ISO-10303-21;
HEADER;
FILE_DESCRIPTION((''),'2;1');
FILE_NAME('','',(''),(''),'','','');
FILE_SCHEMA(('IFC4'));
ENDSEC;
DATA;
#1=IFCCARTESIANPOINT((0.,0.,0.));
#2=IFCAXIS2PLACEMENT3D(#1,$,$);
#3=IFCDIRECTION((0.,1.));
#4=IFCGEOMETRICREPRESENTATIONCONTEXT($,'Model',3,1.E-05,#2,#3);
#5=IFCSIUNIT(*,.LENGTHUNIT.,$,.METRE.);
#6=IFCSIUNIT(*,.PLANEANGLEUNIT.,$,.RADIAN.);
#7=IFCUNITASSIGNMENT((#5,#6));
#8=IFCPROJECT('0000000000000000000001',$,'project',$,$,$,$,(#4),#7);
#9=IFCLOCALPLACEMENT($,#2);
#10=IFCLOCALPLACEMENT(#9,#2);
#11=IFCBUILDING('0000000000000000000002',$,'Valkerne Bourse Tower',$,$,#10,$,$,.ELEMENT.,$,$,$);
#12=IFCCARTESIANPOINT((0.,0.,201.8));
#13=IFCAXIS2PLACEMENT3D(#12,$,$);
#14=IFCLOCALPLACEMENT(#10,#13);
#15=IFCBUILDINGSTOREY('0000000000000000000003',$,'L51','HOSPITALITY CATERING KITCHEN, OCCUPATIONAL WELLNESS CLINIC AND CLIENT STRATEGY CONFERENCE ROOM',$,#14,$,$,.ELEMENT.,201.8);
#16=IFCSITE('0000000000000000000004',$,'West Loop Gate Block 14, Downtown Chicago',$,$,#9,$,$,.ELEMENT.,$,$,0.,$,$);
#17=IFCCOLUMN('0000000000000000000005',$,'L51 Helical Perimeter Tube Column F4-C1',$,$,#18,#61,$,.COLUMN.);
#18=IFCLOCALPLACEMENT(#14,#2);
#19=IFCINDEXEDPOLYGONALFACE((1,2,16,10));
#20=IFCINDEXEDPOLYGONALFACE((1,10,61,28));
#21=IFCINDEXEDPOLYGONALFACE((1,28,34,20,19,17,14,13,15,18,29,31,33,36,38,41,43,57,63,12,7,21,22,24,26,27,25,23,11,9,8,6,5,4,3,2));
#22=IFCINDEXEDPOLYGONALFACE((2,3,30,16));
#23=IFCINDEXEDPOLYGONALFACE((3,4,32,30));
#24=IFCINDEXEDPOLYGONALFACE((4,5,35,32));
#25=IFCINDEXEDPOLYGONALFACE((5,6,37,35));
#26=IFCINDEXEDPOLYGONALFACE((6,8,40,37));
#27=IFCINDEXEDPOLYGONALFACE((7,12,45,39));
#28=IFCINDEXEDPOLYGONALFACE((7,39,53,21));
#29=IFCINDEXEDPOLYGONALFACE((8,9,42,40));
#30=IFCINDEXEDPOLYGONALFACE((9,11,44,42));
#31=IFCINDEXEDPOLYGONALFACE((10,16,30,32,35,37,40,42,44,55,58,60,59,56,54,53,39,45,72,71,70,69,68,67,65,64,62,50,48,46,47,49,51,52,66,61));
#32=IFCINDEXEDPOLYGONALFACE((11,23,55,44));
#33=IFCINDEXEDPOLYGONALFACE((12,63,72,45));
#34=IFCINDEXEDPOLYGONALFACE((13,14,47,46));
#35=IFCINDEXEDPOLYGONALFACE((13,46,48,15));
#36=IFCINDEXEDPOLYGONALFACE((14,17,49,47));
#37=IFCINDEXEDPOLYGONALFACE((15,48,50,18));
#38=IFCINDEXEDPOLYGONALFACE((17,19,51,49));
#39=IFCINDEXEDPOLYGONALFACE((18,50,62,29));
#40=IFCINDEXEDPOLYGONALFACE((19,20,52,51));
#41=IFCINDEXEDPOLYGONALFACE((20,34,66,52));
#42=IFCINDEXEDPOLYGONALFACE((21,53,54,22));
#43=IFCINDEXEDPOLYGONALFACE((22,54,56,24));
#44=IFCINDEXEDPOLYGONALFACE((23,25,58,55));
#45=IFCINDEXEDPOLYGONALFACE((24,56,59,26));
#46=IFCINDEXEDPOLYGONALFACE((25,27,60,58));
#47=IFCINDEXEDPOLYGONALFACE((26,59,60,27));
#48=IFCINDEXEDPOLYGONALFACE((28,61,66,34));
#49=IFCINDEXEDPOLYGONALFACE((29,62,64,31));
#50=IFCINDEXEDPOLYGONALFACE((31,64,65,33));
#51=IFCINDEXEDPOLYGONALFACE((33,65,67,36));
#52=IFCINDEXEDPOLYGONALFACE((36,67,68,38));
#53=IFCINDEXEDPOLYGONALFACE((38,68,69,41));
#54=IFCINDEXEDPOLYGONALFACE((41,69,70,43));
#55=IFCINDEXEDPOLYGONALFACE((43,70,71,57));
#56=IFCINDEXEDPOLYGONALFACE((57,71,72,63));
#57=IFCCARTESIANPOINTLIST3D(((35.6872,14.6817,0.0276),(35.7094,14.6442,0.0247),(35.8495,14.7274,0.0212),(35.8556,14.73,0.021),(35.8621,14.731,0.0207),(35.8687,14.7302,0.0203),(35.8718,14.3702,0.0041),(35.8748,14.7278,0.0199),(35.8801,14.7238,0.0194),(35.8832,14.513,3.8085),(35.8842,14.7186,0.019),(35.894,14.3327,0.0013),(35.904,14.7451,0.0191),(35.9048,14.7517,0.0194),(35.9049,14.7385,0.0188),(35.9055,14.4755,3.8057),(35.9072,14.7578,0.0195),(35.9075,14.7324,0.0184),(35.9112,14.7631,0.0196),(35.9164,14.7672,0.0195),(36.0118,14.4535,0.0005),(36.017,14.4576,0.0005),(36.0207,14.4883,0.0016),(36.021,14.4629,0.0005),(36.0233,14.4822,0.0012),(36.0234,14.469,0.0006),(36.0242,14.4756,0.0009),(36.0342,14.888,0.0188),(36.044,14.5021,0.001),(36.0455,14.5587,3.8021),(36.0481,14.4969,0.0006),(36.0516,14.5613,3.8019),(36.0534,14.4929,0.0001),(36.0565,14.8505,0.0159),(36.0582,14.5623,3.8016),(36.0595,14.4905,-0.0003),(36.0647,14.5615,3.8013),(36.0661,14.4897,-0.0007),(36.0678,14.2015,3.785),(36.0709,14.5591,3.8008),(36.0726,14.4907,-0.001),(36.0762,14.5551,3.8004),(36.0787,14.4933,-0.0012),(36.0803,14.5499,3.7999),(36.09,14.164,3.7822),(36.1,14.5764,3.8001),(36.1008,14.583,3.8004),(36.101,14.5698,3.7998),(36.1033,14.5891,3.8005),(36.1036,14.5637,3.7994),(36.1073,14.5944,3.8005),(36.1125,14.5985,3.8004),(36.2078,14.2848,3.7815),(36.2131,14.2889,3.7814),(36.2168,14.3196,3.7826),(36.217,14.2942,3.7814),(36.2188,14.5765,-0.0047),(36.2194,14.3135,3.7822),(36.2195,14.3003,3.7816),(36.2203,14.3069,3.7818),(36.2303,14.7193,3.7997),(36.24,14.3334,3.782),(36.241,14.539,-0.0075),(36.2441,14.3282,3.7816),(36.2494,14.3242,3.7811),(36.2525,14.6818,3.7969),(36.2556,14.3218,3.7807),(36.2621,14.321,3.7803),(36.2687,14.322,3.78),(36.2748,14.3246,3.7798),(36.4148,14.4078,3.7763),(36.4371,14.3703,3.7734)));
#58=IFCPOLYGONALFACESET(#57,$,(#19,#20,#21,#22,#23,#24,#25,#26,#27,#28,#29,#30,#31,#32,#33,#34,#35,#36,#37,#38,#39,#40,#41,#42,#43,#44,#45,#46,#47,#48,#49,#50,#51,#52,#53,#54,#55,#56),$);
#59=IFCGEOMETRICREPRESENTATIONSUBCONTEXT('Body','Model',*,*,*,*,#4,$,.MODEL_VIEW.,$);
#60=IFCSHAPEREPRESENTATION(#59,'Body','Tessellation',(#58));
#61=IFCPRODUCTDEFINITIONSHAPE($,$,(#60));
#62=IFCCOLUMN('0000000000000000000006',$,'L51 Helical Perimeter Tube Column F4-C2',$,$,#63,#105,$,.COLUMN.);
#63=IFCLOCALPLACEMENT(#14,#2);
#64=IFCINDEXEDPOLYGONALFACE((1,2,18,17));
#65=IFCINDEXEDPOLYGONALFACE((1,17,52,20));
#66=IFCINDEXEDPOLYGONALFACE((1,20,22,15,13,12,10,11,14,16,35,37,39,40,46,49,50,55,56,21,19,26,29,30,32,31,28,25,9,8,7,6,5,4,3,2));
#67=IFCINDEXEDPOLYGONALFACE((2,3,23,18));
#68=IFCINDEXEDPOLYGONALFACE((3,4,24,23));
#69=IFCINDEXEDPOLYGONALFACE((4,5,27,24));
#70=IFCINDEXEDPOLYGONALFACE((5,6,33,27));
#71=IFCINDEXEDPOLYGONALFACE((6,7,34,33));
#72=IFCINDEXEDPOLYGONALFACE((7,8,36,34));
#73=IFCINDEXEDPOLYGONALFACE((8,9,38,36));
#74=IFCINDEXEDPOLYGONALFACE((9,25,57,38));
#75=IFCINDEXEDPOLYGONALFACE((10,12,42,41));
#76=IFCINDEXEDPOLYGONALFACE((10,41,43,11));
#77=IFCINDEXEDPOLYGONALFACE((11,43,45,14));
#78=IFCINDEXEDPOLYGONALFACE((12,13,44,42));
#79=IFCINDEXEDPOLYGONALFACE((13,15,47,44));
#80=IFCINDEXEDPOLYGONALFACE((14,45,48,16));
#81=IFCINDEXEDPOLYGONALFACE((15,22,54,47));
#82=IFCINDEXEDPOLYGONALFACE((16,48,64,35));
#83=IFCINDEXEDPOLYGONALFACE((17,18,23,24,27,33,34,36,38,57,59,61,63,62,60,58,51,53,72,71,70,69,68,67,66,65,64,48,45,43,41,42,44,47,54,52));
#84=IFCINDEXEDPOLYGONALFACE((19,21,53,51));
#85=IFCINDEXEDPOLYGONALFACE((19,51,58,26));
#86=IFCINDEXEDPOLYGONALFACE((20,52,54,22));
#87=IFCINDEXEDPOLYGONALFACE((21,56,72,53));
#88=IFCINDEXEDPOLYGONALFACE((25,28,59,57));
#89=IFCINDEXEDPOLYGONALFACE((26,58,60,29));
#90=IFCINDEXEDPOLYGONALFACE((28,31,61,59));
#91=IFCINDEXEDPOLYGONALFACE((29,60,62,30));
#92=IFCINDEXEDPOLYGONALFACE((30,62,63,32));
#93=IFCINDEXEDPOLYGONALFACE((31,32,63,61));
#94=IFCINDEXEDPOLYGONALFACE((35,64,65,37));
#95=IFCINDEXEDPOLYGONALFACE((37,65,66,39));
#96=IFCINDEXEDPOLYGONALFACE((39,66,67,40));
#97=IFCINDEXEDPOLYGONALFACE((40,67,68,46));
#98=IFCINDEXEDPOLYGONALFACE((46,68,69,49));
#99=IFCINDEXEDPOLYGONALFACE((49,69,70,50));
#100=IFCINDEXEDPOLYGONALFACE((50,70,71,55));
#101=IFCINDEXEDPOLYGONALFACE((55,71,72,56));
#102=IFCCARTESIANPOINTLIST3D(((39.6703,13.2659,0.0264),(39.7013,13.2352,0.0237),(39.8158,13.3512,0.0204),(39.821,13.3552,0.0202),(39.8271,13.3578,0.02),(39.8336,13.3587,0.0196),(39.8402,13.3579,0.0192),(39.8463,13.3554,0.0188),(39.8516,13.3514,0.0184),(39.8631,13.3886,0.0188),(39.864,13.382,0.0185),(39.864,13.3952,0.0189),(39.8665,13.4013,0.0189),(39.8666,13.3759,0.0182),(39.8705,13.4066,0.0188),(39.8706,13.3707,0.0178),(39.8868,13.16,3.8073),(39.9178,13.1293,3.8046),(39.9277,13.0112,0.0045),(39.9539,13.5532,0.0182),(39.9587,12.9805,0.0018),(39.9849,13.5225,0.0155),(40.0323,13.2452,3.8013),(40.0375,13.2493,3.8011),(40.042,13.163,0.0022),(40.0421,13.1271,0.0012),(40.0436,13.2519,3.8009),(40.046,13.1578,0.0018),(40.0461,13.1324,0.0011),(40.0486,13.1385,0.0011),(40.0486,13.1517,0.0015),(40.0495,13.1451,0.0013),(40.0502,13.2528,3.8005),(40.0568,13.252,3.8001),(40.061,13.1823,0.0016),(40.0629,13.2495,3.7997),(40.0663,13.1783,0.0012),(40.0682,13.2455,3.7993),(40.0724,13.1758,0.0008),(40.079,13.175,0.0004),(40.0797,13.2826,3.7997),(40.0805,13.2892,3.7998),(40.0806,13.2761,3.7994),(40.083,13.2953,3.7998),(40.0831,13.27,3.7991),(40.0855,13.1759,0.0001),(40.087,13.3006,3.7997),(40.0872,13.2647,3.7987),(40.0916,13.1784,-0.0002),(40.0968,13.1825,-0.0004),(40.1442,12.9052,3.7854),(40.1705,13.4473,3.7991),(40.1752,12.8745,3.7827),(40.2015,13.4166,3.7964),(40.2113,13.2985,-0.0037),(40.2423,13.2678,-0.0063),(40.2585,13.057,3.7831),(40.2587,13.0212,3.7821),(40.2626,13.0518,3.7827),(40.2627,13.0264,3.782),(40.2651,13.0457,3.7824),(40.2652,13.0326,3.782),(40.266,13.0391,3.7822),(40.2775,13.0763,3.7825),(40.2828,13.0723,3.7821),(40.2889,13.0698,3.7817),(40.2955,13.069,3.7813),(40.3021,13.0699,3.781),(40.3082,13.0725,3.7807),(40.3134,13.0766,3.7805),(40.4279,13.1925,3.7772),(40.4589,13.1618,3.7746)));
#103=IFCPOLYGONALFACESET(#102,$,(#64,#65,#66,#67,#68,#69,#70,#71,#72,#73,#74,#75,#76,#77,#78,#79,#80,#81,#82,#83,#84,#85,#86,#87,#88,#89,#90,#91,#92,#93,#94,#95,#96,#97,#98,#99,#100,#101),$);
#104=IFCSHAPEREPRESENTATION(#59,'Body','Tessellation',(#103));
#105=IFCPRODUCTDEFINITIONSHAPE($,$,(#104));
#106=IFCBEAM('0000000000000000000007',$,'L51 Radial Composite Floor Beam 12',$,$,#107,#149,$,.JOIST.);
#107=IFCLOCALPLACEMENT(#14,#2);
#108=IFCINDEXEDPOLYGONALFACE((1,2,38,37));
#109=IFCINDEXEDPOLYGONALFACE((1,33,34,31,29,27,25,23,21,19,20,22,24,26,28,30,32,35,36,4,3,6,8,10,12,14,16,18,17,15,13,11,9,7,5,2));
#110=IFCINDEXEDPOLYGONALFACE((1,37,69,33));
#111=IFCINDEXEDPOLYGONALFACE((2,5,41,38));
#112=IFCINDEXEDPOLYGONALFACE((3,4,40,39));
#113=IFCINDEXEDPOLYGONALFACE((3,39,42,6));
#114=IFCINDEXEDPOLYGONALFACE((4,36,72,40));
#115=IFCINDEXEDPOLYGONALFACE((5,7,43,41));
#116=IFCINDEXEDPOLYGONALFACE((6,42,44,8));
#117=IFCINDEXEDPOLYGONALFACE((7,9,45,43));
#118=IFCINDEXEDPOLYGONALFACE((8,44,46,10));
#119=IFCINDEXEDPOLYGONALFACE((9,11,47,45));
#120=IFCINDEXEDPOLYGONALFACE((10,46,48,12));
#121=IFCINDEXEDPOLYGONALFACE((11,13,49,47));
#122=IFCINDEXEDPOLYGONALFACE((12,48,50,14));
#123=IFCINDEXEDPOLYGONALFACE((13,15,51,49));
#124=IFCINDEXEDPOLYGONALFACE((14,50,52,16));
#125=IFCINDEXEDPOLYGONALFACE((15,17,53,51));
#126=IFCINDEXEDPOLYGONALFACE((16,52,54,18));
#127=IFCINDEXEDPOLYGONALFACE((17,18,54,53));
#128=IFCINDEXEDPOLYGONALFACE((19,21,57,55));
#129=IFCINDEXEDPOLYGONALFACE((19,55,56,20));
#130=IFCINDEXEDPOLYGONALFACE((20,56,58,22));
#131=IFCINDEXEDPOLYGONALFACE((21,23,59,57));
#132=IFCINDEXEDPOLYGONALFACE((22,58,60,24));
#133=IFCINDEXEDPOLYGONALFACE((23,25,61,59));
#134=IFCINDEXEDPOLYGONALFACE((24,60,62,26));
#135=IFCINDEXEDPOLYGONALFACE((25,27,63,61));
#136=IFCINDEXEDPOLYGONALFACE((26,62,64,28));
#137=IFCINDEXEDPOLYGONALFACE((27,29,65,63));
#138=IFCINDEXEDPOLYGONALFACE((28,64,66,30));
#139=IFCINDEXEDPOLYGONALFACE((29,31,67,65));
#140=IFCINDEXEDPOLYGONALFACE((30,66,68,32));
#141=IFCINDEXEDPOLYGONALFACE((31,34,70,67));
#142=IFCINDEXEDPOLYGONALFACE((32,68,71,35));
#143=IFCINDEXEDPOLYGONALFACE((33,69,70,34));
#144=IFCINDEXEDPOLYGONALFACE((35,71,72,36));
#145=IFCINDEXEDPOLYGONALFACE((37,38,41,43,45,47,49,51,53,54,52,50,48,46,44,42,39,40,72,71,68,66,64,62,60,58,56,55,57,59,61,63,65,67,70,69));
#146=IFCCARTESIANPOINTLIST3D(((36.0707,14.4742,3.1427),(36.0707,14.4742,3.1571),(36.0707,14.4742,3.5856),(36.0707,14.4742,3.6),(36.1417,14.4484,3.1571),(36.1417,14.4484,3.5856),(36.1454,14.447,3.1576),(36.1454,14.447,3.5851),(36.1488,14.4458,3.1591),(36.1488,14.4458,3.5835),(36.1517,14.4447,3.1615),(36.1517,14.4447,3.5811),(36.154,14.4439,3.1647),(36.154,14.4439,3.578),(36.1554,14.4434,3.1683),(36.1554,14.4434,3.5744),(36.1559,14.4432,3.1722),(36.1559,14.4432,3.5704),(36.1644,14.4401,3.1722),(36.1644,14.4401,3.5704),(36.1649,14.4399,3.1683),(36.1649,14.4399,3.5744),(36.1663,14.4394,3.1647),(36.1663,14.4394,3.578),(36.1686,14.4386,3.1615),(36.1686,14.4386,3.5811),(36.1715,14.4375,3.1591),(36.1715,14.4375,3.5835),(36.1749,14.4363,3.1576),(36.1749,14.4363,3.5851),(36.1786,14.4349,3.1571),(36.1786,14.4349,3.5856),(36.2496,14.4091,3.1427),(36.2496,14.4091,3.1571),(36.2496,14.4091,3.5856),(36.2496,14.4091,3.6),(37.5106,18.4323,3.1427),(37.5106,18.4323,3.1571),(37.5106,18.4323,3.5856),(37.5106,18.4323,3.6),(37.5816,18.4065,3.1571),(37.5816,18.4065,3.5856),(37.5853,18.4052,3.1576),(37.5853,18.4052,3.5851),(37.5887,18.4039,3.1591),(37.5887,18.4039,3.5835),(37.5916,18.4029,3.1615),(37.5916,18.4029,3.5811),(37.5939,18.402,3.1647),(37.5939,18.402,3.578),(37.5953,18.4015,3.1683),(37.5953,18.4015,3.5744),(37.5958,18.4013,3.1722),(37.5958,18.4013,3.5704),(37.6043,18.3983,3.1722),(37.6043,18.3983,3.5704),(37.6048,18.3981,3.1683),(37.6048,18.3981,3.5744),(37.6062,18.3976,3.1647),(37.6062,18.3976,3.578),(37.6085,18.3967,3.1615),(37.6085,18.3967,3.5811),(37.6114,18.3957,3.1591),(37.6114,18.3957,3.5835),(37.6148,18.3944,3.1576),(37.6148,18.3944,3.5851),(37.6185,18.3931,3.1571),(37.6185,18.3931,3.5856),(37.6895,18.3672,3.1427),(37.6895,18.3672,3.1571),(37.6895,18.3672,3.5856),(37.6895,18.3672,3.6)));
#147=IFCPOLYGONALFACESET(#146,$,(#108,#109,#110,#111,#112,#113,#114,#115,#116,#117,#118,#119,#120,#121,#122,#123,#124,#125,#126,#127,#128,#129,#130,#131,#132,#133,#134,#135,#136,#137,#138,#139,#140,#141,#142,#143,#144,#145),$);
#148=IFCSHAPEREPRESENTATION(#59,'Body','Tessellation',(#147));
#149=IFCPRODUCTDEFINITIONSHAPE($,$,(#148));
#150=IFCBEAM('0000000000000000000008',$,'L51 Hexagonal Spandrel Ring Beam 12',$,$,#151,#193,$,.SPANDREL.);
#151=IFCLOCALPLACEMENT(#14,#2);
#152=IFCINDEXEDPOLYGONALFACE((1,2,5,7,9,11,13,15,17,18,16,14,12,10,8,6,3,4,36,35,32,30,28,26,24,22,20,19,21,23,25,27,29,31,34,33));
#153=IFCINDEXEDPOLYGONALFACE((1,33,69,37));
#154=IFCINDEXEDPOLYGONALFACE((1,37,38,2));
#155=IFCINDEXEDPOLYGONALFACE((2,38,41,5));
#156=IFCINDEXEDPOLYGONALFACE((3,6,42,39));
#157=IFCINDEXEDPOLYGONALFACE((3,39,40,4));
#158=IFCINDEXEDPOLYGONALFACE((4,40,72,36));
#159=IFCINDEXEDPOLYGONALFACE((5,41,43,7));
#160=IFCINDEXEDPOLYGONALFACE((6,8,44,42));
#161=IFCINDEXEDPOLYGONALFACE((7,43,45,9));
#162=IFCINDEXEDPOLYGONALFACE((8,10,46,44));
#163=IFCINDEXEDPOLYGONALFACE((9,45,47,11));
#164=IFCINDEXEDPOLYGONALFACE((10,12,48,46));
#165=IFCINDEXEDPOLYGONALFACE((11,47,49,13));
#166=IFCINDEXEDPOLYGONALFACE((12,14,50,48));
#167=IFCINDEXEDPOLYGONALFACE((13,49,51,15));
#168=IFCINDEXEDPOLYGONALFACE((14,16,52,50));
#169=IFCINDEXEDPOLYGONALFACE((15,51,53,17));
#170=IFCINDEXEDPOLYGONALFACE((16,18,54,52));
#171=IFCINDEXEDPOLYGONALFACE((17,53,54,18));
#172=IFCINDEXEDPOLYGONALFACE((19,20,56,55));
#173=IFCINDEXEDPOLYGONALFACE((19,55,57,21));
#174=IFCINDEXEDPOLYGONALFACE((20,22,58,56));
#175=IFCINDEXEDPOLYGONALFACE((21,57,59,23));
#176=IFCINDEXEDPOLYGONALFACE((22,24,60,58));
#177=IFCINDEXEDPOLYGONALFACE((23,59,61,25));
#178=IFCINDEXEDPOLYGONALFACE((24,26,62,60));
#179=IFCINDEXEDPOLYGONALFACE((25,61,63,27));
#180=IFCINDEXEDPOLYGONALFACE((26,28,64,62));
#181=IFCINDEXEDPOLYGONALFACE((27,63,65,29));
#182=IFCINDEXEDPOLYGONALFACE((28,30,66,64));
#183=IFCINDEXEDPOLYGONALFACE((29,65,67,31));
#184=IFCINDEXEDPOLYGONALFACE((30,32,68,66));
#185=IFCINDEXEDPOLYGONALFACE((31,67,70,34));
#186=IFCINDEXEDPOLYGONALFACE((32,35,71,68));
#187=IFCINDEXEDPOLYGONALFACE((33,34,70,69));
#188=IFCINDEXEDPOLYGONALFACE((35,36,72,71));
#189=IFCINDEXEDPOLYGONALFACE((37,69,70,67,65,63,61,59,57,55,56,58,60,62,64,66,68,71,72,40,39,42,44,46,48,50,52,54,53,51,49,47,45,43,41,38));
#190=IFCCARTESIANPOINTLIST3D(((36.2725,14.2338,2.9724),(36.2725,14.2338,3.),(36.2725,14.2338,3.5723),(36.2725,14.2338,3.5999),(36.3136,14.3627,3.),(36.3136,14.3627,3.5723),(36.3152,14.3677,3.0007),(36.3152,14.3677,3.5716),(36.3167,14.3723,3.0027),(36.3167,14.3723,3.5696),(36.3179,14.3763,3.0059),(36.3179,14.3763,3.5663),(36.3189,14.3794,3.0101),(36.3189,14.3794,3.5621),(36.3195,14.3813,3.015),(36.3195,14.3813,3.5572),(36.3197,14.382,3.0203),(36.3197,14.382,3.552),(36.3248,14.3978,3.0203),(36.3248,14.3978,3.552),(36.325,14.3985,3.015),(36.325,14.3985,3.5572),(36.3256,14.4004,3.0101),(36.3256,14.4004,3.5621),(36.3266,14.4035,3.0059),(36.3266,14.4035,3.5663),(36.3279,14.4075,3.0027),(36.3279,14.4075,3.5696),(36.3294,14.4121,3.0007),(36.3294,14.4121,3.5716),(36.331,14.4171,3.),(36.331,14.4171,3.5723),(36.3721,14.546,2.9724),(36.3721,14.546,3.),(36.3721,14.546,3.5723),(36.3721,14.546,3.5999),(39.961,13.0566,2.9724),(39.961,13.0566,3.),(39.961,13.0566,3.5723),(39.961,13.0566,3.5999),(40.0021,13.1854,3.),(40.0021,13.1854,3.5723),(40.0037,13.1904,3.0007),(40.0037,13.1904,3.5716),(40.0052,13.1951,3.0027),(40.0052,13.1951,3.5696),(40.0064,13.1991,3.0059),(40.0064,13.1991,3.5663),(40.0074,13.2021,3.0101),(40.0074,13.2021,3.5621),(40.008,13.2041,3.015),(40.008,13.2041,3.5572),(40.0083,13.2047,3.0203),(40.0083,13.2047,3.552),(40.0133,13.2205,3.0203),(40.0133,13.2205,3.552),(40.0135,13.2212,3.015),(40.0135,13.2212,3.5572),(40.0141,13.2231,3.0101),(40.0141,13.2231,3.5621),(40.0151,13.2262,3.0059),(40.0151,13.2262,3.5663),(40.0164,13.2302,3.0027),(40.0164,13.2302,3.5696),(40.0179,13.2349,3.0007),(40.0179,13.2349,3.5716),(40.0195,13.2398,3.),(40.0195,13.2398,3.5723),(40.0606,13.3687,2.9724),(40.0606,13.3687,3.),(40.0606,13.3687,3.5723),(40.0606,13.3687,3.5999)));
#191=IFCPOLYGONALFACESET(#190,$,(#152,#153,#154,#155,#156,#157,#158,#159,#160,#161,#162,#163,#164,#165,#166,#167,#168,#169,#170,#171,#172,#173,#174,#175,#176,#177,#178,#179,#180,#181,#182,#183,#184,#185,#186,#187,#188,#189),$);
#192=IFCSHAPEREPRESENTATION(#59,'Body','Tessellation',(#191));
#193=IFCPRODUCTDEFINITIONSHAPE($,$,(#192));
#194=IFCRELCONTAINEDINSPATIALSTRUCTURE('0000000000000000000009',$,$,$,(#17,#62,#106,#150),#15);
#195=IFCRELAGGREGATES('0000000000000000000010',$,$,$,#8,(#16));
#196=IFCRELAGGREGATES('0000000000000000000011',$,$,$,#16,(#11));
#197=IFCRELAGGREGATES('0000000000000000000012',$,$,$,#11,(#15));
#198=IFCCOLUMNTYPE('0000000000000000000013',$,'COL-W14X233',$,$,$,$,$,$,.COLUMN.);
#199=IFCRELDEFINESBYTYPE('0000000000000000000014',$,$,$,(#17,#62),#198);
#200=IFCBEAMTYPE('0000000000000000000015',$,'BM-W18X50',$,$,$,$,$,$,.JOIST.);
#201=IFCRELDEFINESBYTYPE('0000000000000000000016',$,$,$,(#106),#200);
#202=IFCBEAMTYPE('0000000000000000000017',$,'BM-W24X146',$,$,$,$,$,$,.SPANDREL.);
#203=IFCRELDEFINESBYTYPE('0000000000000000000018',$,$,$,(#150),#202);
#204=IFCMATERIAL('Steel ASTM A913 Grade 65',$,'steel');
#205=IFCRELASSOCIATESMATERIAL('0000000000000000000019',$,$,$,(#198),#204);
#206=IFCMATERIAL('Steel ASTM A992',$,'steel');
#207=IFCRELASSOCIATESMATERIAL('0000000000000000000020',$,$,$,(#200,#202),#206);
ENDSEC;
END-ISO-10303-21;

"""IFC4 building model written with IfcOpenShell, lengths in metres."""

from ifc_helpers import new_model, si_unit, direction, frame, origin, origin_2d, place, context, subcontext, project, spatial, i_section, extrude, material, material_profile, profile_set, type_object, element, save


model = new_model("IFC4")

# Units and contexts
model_context = context("Model", 3, precision=1e-05, world=origin(), true_north=direction((0.0, 1.0)))
body_context = subcontext(model_context, "Body", "Model", "MODEL_VIEW")
ifc_project = project(units=[si_unit("LENGTHUNIT", "METRE"), si_unit("PLANEANGLEUNIT", "RADIAN")], contexts=[model_context])

# Site, building, storey
site_placement = place(None, origin())
site = spatial("IfcSite", under=ifc_project, at=site_placement, Name="West Loop Gate Block 14, Downtown Chicago", CompositionType="ELEMENT", RefElevation=0.0)
building_placement = place(site_placement, origin())
building = spatial("IfcBuilding", under=site, at=building_placement, Name="Valkerne Bourse Tower", CompositionType="ELEMENT")
storey_placement = place(building_placement, frame((0.0, 0.0, 201.8)))
storey = spatial("IfcBuildingStorey", under=building, at=storey_placement, Name="L51", Description="HOSPITALITY CATERING KITCHEN, OCCUPATIONAL WELLNESS CLINIC AND CLIENT STRATEGY CONFERENCE ROOM", CompositionType="ELEMENT", Elevation=201.8)

# Columns
ifc_material_1 = material(Name="Steel ASTM A913 Grade 65", Category="steel")
ifc_material_profile_1 = material_profile(ifc_material_1, i_section(OverallWidth=0.4038, OverallDepth=0.4065, WebThickness=0.0271, FlangeThickness=0.0437, FilletRadius=0.0254, at=origin_2d()), Name="W14X233")
ifc_profile_set_1 = profile_set([ifc_material_profile_1], Name="Steel ASTM A913 Grade 65")
column_type = type_object("IfcColumnType", Name="COL-W14X233", PredefinedType="COLUMN", material=ifc_profile_set_1)
column_1_placement = place(storey_placement, frame((35.9641, 14.6104, 0.01), z_axis=(0.051729, -0.044514, 0.997669), x_axis=(0.859402, 0.510837, -0.021767)))
element("IfcColumn", 1, at=column_1_placement, inside=storey, type_object=column_type, Name="L51 Helical Perimeter Tube Column F4-C1", PredefinedType="COLUMN", context=body_context, shape_type="SweptSolid", body=[
    extrude(i_section(OverallWidth=0.4038, OverallDepth=0.4065, WebThickness=0.0271, FlangeThickness=0.0437, FilletRadius=0.0254, at=origin_2d()), origin(), (0.0, 0.0, 1.0), 3.7898),
])
column_2_placement = place(storey_placement, frame((39.9563, 13.2668, 0.01), z_axis=(0.057158, -0.027967, 0.997973), x_axis=(0.702467, 0.711427, -0.020296)))
element("IfcColumn", 2, at=column_2_placement, inside=storey, type_object=column_type, Name="L51 Helical Perimeter Tube Column F4-C2", PredefinedType="COLUMN", context=body_context, shape_type="SweptSolid", body=[
    extrude(i_section(OverallWidth=0.4038, OverallDepth=0.4065, WebThickness=0.0271, FlangeThickness=0.0437, FilletRadius=0.0254, at=origin_2d()), origin(), (0.0, 0.0, 1.0), 3.7886),
])

# Beams
ifc_material_2 = material(Name="Steel ASTM A992", Category="steel")
ifc_material_profile_2 = material_profile(ifc_material_2, i_section(OverallWidth=0.1904, OverallDepth=0.4573, WebThickness=0.009, FlangeThickness=0.0144, FilletRadius=0.0151, at=origin_2d()), Name="W18X50")
ifc_profile_set_2 = profile_set([ifc_material_profile_2], Name="Steel ASTM A992")
beam_type_1 = type_object("IfcBeamType", Name="BM-W18X50", PredefinedType="JOIST", material=ifc_profile_set_2)
beam_1_placement = place(storey_placement, frame((36.1602, 14.4417, 3.3713), z_axis=(0.341864, 0.939749, 0.0), x_axis=(-0.939749, 0.341864, 0.0)))
element("IfcBeam", 3, at=beam_1_placement, inside=storey, type_object=beam_type_1, Name="L51 Radial Composite Floor Beam 12", PredefinedType="JOIST", context=body_context, shape_type="SweptSolid", body=[
    extrude(i_section(OverallWidth=0.1904, OverallDepth=0.4573, WebThickness=0.009, FlangeThickness=0.0144, FilletRadius=0.0151, at=origin_2d()), origin(), (0.0, 0.0, 1.0), 4.2119),
])
ifc_material_profile_3 = material_profile(ifc_material_2, i_section(OverallWidth=0.3276, OverallDepth=0.6274, WebThickness=0.0166, FlangeThickness=0.0276, FilletRadius=0.0203, at=origin_2d()), Name="W24X146")
ifc_profile_set_3 = profile_set([ifc_material_profile_3], Name="Steel ASTM A992")
beam_type_2 = type_object("IfcBeamType", Name="BM-W24X146", PredefinedType="SPANDREL", material=ifc_profile_set_3)
beam_2_placement = place(storey_placement, frame((36.3223, 14.3899, 3.2861), z_axis=(0.952654, -0.304057, 0.0), x_axis=(0.304057, 0.952654, 0.0)))
element("IfcBeam", 4, at=beam_2_placement, inside=storey, type_object=beam_type_2, Name="L51 Hexagonal Spandrel Ring Beam 12", PredefinedType="SPANDREL", context=body_context, shape_type="SweptSolid", body=[
    extrude(i_section(OverallWidth=0.3276, OverallDepth=0.6274, WebThickness=0.0166, FlangeThickness=0.0276, FilletRadius=0.0203, at=origin_2d()), origin(), (0.0, 0.0, 1.0), 3.8718),
])

save(model, "model.ifc")
